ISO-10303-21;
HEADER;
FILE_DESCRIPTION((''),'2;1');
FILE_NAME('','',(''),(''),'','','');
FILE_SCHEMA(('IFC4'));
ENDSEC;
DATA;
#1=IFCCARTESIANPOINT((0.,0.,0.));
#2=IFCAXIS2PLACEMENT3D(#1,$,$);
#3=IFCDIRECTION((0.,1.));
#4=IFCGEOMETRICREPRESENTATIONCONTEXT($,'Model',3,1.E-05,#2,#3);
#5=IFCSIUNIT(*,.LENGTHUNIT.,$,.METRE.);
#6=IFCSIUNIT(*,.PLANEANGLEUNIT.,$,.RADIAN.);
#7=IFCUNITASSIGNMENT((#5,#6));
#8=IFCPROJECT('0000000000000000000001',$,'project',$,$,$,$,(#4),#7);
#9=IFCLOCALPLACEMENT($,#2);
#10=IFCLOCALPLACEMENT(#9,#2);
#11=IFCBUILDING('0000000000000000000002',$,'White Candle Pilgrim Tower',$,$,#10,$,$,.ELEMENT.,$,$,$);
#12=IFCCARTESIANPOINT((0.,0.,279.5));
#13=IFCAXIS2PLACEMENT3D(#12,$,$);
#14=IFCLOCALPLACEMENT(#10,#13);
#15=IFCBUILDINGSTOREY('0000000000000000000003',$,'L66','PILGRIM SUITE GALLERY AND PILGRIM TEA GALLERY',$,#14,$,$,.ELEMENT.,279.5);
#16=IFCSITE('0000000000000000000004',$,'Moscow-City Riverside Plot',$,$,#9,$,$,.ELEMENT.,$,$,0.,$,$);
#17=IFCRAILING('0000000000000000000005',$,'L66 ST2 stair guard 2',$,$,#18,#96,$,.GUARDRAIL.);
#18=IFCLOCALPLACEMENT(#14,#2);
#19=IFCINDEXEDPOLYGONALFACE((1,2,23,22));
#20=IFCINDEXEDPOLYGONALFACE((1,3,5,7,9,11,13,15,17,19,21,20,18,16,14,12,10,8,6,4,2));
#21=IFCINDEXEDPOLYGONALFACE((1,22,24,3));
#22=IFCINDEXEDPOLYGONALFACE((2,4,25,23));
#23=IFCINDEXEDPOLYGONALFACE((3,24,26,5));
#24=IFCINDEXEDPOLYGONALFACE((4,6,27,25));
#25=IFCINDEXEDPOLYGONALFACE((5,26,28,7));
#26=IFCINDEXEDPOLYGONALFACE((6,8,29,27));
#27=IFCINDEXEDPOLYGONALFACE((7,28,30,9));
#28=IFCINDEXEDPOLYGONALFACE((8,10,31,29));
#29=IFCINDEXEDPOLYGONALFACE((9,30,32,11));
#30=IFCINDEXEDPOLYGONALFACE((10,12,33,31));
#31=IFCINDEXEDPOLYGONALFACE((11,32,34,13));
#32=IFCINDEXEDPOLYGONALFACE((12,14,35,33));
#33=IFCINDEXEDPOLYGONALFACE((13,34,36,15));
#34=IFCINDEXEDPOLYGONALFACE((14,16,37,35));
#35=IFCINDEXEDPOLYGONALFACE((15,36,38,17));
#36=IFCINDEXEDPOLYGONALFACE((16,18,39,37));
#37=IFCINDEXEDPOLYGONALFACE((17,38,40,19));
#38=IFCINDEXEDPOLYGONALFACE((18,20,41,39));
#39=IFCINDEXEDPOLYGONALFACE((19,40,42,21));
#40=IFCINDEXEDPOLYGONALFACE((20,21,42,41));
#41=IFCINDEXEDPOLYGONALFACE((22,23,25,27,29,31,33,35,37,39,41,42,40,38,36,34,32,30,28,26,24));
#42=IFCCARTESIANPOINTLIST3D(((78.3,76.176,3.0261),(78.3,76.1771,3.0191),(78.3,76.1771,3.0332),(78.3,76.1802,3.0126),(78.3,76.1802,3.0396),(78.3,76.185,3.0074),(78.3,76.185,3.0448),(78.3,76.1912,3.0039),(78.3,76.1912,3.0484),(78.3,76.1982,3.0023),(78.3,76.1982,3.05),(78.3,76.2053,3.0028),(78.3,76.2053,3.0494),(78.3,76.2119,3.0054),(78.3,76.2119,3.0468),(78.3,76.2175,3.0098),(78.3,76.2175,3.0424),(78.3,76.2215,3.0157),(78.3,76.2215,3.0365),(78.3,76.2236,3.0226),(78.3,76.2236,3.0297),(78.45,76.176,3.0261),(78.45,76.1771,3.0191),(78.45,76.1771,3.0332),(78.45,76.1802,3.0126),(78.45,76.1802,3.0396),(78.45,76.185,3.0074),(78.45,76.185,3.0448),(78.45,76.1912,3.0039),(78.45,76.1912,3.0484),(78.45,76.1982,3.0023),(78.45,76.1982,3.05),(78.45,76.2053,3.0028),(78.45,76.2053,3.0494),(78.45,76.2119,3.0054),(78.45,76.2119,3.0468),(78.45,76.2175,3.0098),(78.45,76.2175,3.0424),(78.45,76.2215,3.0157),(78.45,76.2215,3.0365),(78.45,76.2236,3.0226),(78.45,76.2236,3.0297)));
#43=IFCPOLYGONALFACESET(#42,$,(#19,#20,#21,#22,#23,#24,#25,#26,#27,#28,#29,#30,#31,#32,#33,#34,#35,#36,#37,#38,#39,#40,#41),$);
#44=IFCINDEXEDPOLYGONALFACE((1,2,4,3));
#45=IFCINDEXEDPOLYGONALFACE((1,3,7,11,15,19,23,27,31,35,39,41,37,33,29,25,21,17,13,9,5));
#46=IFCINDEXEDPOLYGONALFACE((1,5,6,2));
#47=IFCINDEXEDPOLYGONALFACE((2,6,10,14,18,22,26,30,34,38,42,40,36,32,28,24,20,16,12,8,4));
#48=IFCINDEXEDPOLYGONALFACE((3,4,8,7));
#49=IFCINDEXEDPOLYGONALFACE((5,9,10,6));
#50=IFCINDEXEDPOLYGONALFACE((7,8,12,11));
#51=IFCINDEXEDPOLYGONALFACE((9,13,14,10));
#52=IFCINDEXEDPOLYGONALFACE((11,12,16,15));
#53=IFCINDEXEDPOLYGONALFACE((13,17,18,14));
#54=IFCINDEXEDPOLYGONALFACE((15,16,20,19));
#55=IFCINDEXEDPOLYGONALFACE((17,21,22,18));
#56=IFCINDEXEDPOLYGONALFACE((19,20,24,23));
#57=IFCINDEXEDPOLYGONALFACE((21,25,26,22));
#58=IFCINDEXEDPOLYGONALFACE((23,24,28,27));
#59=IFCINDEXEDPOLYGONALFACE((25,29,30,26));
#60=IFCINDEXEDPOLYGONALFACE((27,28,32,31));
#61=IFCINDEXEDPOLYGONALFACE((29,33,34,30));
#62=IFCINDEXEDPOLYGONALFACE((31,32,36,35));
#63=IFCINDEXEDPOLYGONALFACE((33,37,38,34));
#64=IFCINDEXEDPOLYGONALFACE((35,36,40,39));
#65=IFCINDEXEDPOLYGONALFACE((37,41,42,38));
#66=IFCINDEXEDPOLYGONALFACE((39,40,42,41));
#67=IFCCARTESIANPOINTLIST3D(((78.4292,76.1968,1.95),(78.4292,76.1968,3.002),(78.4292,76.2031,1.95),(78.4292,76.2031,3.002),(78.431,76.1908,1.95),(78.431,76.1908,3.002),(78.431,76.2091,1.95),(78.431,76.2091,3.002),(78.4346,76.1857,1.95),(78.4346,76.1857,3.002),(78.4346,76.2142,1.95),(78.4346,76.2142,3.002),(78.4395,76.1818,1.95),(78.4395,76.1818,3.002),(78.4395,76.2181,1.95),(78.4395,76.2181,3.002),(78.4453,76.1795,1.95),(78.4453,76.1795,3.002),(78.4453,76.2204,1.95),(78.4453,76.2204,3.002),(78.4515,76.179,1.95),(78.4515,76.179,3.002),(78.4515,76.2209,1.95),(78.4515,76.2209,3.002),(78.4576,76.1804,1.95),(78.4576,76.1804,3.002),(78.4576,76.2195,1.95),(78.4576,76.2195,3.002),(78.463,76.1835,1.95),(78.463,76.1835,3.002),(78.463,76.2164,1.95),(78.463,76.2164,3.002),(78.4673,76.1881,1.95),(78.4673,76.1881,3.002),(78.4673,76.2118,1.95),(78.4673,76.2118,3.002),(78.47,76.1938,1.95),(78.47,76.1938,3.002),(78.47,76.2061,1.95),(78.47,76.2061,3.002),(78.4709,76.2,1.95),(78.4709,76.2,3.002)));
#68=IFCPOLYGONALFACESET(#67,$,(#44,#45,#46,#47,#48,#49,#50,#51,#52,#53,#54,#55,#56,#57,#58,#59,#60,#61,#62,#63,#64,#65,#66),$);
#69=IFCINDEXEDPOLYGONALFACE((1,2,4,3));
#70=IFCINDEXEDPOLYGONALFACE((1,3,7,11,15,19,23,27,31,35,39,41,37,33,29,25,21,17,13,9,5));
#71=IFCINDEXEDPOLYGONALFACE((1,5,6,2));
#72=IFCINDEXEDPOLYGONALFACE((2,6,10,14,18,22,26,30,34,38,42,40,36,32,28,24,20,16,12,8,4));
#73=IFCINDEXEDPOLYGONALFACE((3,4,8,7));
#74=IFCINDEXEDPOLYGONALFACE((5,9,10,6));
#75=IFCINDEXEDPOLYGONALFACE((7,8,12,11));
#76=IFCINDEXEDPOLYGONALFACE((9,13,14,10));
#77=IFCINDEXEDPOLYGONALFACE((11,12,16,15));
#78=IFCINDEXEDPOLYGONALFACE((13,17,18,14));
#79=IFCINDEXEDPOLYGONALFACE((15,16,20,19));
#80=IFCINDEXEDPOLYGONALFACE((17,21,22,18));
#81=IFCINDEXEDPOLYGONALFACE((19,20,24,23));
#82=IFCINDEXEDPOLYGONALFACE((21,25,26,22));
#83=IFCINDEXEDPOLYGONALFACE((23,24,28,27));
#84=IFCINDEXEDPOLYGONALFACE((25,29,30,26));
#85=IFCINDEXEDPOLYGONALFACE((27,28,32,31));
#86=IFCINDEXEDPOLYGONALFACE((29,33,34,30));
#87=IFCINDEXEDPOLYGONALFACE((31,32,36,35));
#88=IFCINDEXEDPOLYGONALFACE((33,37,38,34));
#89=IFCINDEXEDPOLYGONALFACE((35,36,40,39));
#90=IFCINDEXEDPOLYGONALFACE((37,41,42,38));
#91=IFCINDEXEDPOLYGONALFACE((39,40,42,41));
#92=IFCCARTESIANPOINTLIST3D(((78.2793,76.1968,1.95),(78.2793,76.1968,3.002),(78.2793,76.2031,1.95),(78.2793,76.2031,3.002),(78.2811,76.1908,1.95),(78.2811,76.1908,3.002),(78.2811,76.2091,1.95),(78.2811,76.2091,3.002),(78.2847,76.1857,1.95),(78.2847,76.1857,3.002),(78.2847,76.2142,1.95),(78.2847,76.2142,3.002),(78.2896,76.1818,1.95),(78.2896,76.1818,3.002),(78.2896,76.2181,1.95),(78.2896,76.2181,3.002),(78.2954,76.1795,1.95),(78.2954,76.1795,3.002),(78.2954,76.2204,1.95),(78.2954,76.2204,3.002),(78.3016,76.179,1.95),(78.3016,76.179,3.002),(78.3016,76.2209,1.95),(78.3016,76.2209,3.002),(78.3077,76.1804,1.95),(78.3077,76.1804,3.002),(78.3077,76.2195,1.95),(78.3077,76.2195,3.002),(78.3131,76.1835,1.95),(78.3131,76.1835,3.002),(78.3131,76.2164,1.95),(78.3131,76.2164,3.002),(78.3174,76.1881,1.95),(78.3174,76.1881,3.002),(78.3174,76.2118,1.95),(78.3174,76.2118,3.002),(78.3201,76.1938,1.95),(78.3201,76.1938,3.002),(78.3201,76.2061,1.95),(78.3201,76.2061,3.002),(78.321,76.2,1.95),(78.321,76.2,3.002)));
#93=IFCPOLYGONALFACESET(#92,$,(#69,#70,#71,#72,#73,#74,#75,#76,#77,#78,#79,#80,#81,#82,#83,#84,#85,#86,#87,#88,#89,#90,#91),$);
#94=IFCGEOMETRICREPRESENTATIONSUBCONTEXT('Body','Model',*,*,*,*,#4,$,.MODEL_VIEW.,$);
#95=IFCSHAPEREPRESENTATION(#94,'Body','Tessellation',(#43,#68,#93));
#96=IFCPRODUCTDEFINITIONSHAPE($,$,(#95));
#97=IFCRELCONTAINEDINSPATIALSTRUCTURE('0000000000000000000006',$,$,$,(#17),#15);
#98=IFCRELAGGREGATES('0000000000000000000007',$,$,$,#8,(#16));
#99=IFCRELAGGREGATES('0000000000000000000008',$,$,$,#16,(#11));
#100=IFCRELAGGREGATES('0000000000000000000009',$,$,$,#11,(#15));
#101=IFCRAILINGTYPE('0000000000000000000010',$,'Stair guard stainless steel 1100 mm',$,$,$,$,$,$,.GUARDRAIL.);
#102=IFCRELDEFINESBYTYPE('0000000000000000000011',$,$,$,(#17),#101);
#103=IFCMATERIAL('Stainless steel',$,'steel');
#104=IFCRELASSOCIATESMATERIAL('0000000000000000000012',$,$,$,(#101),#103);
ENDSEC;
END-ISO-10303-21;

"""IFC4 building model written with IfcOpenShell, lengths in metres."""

from ifc_helpers import new_model, si_unit, direction, frame, origin, origin_2d, place, context, subcontext, project, spatial, circle, extrude, material, type_object, element, save


model = new_model("IFC4")

# Units and contexts
model_context = context("Model", 3, precision=1e-05, world=origin(), true_north=direction((0.0, 1.0)))
body_context = subcontext(model_context, "Body", "Model", "MODEL_VIEW")
ifc_project = project(units=[si_unit("LENGTHUNIT", "METRE"), si_unit("PLANEANGLEUNIT", "RADIAN")], contexts=[model_context])

# Site, building, storey
site_placement = place(None, origin())
site = spatial("IfcSite", under=ifc_project, at=site_placement, Name="Moscow-City Riverside Plot", CompositionType="ELEMENT", RefElevation=0.0)
building_placement = place(site_placement, origin())
building = spatial("IfcBuilding", under=site, at=building_placement, Name="White Candle Pilgrim Tower", CompositionType="ELEMENT")
storey_placement = place(building_placement, frame((0.0, 0.0, 279.5)))
storey = spatial("IfcBuildingStorey", under=building, at=storey_placement, Name="L66", Description="PILGRIM SUITE GALLERY AND PILGRIM TEA GALLERY", CompositionType="ELEMENT", Elevation=279.5)

# Railing
ifc_material_1 = material(Name="Stainless steel", Category="steel")
railing_type = type_object("IfcRailingType", Name="Stair guard stainless steel 1100 mm", PredefinedType="GUARDRAIL", material=ifc_material_1)
railing_1_placement = place(storey_placement, frame((78.45, 76.2, 1.95)))
element("IfcRailing", 1, at=railing_1_placement, inside=storey, type_object=railing_type, Name="L66 ST2 stair guard 2", PredefinedType="GUARDRAIL", context=body_context, shape_type="SweptSolid", body=[
    extrude(circle(Radius=0.0239, at=origin_2d()), frame((0.0, 0.0, 1.0762), z_axis=(-1.0, 0.0, 0.0), x_axis=(0.0, -1.0, 0.0)), (0.0, 0.0, 1.0), 0.1499),
    extrude(circle(Radius=0.021, at=origin_2d()), origin(), (0.0, 0.0, 1.0), 1.052),
    extrude(circle(Radius=0.021, at=origin_2d()), frame((-0.1499, 0.0, 0.0)), (0.0, 0.0, 1.0), 1.052),
])

save(model, "model.ifc")
